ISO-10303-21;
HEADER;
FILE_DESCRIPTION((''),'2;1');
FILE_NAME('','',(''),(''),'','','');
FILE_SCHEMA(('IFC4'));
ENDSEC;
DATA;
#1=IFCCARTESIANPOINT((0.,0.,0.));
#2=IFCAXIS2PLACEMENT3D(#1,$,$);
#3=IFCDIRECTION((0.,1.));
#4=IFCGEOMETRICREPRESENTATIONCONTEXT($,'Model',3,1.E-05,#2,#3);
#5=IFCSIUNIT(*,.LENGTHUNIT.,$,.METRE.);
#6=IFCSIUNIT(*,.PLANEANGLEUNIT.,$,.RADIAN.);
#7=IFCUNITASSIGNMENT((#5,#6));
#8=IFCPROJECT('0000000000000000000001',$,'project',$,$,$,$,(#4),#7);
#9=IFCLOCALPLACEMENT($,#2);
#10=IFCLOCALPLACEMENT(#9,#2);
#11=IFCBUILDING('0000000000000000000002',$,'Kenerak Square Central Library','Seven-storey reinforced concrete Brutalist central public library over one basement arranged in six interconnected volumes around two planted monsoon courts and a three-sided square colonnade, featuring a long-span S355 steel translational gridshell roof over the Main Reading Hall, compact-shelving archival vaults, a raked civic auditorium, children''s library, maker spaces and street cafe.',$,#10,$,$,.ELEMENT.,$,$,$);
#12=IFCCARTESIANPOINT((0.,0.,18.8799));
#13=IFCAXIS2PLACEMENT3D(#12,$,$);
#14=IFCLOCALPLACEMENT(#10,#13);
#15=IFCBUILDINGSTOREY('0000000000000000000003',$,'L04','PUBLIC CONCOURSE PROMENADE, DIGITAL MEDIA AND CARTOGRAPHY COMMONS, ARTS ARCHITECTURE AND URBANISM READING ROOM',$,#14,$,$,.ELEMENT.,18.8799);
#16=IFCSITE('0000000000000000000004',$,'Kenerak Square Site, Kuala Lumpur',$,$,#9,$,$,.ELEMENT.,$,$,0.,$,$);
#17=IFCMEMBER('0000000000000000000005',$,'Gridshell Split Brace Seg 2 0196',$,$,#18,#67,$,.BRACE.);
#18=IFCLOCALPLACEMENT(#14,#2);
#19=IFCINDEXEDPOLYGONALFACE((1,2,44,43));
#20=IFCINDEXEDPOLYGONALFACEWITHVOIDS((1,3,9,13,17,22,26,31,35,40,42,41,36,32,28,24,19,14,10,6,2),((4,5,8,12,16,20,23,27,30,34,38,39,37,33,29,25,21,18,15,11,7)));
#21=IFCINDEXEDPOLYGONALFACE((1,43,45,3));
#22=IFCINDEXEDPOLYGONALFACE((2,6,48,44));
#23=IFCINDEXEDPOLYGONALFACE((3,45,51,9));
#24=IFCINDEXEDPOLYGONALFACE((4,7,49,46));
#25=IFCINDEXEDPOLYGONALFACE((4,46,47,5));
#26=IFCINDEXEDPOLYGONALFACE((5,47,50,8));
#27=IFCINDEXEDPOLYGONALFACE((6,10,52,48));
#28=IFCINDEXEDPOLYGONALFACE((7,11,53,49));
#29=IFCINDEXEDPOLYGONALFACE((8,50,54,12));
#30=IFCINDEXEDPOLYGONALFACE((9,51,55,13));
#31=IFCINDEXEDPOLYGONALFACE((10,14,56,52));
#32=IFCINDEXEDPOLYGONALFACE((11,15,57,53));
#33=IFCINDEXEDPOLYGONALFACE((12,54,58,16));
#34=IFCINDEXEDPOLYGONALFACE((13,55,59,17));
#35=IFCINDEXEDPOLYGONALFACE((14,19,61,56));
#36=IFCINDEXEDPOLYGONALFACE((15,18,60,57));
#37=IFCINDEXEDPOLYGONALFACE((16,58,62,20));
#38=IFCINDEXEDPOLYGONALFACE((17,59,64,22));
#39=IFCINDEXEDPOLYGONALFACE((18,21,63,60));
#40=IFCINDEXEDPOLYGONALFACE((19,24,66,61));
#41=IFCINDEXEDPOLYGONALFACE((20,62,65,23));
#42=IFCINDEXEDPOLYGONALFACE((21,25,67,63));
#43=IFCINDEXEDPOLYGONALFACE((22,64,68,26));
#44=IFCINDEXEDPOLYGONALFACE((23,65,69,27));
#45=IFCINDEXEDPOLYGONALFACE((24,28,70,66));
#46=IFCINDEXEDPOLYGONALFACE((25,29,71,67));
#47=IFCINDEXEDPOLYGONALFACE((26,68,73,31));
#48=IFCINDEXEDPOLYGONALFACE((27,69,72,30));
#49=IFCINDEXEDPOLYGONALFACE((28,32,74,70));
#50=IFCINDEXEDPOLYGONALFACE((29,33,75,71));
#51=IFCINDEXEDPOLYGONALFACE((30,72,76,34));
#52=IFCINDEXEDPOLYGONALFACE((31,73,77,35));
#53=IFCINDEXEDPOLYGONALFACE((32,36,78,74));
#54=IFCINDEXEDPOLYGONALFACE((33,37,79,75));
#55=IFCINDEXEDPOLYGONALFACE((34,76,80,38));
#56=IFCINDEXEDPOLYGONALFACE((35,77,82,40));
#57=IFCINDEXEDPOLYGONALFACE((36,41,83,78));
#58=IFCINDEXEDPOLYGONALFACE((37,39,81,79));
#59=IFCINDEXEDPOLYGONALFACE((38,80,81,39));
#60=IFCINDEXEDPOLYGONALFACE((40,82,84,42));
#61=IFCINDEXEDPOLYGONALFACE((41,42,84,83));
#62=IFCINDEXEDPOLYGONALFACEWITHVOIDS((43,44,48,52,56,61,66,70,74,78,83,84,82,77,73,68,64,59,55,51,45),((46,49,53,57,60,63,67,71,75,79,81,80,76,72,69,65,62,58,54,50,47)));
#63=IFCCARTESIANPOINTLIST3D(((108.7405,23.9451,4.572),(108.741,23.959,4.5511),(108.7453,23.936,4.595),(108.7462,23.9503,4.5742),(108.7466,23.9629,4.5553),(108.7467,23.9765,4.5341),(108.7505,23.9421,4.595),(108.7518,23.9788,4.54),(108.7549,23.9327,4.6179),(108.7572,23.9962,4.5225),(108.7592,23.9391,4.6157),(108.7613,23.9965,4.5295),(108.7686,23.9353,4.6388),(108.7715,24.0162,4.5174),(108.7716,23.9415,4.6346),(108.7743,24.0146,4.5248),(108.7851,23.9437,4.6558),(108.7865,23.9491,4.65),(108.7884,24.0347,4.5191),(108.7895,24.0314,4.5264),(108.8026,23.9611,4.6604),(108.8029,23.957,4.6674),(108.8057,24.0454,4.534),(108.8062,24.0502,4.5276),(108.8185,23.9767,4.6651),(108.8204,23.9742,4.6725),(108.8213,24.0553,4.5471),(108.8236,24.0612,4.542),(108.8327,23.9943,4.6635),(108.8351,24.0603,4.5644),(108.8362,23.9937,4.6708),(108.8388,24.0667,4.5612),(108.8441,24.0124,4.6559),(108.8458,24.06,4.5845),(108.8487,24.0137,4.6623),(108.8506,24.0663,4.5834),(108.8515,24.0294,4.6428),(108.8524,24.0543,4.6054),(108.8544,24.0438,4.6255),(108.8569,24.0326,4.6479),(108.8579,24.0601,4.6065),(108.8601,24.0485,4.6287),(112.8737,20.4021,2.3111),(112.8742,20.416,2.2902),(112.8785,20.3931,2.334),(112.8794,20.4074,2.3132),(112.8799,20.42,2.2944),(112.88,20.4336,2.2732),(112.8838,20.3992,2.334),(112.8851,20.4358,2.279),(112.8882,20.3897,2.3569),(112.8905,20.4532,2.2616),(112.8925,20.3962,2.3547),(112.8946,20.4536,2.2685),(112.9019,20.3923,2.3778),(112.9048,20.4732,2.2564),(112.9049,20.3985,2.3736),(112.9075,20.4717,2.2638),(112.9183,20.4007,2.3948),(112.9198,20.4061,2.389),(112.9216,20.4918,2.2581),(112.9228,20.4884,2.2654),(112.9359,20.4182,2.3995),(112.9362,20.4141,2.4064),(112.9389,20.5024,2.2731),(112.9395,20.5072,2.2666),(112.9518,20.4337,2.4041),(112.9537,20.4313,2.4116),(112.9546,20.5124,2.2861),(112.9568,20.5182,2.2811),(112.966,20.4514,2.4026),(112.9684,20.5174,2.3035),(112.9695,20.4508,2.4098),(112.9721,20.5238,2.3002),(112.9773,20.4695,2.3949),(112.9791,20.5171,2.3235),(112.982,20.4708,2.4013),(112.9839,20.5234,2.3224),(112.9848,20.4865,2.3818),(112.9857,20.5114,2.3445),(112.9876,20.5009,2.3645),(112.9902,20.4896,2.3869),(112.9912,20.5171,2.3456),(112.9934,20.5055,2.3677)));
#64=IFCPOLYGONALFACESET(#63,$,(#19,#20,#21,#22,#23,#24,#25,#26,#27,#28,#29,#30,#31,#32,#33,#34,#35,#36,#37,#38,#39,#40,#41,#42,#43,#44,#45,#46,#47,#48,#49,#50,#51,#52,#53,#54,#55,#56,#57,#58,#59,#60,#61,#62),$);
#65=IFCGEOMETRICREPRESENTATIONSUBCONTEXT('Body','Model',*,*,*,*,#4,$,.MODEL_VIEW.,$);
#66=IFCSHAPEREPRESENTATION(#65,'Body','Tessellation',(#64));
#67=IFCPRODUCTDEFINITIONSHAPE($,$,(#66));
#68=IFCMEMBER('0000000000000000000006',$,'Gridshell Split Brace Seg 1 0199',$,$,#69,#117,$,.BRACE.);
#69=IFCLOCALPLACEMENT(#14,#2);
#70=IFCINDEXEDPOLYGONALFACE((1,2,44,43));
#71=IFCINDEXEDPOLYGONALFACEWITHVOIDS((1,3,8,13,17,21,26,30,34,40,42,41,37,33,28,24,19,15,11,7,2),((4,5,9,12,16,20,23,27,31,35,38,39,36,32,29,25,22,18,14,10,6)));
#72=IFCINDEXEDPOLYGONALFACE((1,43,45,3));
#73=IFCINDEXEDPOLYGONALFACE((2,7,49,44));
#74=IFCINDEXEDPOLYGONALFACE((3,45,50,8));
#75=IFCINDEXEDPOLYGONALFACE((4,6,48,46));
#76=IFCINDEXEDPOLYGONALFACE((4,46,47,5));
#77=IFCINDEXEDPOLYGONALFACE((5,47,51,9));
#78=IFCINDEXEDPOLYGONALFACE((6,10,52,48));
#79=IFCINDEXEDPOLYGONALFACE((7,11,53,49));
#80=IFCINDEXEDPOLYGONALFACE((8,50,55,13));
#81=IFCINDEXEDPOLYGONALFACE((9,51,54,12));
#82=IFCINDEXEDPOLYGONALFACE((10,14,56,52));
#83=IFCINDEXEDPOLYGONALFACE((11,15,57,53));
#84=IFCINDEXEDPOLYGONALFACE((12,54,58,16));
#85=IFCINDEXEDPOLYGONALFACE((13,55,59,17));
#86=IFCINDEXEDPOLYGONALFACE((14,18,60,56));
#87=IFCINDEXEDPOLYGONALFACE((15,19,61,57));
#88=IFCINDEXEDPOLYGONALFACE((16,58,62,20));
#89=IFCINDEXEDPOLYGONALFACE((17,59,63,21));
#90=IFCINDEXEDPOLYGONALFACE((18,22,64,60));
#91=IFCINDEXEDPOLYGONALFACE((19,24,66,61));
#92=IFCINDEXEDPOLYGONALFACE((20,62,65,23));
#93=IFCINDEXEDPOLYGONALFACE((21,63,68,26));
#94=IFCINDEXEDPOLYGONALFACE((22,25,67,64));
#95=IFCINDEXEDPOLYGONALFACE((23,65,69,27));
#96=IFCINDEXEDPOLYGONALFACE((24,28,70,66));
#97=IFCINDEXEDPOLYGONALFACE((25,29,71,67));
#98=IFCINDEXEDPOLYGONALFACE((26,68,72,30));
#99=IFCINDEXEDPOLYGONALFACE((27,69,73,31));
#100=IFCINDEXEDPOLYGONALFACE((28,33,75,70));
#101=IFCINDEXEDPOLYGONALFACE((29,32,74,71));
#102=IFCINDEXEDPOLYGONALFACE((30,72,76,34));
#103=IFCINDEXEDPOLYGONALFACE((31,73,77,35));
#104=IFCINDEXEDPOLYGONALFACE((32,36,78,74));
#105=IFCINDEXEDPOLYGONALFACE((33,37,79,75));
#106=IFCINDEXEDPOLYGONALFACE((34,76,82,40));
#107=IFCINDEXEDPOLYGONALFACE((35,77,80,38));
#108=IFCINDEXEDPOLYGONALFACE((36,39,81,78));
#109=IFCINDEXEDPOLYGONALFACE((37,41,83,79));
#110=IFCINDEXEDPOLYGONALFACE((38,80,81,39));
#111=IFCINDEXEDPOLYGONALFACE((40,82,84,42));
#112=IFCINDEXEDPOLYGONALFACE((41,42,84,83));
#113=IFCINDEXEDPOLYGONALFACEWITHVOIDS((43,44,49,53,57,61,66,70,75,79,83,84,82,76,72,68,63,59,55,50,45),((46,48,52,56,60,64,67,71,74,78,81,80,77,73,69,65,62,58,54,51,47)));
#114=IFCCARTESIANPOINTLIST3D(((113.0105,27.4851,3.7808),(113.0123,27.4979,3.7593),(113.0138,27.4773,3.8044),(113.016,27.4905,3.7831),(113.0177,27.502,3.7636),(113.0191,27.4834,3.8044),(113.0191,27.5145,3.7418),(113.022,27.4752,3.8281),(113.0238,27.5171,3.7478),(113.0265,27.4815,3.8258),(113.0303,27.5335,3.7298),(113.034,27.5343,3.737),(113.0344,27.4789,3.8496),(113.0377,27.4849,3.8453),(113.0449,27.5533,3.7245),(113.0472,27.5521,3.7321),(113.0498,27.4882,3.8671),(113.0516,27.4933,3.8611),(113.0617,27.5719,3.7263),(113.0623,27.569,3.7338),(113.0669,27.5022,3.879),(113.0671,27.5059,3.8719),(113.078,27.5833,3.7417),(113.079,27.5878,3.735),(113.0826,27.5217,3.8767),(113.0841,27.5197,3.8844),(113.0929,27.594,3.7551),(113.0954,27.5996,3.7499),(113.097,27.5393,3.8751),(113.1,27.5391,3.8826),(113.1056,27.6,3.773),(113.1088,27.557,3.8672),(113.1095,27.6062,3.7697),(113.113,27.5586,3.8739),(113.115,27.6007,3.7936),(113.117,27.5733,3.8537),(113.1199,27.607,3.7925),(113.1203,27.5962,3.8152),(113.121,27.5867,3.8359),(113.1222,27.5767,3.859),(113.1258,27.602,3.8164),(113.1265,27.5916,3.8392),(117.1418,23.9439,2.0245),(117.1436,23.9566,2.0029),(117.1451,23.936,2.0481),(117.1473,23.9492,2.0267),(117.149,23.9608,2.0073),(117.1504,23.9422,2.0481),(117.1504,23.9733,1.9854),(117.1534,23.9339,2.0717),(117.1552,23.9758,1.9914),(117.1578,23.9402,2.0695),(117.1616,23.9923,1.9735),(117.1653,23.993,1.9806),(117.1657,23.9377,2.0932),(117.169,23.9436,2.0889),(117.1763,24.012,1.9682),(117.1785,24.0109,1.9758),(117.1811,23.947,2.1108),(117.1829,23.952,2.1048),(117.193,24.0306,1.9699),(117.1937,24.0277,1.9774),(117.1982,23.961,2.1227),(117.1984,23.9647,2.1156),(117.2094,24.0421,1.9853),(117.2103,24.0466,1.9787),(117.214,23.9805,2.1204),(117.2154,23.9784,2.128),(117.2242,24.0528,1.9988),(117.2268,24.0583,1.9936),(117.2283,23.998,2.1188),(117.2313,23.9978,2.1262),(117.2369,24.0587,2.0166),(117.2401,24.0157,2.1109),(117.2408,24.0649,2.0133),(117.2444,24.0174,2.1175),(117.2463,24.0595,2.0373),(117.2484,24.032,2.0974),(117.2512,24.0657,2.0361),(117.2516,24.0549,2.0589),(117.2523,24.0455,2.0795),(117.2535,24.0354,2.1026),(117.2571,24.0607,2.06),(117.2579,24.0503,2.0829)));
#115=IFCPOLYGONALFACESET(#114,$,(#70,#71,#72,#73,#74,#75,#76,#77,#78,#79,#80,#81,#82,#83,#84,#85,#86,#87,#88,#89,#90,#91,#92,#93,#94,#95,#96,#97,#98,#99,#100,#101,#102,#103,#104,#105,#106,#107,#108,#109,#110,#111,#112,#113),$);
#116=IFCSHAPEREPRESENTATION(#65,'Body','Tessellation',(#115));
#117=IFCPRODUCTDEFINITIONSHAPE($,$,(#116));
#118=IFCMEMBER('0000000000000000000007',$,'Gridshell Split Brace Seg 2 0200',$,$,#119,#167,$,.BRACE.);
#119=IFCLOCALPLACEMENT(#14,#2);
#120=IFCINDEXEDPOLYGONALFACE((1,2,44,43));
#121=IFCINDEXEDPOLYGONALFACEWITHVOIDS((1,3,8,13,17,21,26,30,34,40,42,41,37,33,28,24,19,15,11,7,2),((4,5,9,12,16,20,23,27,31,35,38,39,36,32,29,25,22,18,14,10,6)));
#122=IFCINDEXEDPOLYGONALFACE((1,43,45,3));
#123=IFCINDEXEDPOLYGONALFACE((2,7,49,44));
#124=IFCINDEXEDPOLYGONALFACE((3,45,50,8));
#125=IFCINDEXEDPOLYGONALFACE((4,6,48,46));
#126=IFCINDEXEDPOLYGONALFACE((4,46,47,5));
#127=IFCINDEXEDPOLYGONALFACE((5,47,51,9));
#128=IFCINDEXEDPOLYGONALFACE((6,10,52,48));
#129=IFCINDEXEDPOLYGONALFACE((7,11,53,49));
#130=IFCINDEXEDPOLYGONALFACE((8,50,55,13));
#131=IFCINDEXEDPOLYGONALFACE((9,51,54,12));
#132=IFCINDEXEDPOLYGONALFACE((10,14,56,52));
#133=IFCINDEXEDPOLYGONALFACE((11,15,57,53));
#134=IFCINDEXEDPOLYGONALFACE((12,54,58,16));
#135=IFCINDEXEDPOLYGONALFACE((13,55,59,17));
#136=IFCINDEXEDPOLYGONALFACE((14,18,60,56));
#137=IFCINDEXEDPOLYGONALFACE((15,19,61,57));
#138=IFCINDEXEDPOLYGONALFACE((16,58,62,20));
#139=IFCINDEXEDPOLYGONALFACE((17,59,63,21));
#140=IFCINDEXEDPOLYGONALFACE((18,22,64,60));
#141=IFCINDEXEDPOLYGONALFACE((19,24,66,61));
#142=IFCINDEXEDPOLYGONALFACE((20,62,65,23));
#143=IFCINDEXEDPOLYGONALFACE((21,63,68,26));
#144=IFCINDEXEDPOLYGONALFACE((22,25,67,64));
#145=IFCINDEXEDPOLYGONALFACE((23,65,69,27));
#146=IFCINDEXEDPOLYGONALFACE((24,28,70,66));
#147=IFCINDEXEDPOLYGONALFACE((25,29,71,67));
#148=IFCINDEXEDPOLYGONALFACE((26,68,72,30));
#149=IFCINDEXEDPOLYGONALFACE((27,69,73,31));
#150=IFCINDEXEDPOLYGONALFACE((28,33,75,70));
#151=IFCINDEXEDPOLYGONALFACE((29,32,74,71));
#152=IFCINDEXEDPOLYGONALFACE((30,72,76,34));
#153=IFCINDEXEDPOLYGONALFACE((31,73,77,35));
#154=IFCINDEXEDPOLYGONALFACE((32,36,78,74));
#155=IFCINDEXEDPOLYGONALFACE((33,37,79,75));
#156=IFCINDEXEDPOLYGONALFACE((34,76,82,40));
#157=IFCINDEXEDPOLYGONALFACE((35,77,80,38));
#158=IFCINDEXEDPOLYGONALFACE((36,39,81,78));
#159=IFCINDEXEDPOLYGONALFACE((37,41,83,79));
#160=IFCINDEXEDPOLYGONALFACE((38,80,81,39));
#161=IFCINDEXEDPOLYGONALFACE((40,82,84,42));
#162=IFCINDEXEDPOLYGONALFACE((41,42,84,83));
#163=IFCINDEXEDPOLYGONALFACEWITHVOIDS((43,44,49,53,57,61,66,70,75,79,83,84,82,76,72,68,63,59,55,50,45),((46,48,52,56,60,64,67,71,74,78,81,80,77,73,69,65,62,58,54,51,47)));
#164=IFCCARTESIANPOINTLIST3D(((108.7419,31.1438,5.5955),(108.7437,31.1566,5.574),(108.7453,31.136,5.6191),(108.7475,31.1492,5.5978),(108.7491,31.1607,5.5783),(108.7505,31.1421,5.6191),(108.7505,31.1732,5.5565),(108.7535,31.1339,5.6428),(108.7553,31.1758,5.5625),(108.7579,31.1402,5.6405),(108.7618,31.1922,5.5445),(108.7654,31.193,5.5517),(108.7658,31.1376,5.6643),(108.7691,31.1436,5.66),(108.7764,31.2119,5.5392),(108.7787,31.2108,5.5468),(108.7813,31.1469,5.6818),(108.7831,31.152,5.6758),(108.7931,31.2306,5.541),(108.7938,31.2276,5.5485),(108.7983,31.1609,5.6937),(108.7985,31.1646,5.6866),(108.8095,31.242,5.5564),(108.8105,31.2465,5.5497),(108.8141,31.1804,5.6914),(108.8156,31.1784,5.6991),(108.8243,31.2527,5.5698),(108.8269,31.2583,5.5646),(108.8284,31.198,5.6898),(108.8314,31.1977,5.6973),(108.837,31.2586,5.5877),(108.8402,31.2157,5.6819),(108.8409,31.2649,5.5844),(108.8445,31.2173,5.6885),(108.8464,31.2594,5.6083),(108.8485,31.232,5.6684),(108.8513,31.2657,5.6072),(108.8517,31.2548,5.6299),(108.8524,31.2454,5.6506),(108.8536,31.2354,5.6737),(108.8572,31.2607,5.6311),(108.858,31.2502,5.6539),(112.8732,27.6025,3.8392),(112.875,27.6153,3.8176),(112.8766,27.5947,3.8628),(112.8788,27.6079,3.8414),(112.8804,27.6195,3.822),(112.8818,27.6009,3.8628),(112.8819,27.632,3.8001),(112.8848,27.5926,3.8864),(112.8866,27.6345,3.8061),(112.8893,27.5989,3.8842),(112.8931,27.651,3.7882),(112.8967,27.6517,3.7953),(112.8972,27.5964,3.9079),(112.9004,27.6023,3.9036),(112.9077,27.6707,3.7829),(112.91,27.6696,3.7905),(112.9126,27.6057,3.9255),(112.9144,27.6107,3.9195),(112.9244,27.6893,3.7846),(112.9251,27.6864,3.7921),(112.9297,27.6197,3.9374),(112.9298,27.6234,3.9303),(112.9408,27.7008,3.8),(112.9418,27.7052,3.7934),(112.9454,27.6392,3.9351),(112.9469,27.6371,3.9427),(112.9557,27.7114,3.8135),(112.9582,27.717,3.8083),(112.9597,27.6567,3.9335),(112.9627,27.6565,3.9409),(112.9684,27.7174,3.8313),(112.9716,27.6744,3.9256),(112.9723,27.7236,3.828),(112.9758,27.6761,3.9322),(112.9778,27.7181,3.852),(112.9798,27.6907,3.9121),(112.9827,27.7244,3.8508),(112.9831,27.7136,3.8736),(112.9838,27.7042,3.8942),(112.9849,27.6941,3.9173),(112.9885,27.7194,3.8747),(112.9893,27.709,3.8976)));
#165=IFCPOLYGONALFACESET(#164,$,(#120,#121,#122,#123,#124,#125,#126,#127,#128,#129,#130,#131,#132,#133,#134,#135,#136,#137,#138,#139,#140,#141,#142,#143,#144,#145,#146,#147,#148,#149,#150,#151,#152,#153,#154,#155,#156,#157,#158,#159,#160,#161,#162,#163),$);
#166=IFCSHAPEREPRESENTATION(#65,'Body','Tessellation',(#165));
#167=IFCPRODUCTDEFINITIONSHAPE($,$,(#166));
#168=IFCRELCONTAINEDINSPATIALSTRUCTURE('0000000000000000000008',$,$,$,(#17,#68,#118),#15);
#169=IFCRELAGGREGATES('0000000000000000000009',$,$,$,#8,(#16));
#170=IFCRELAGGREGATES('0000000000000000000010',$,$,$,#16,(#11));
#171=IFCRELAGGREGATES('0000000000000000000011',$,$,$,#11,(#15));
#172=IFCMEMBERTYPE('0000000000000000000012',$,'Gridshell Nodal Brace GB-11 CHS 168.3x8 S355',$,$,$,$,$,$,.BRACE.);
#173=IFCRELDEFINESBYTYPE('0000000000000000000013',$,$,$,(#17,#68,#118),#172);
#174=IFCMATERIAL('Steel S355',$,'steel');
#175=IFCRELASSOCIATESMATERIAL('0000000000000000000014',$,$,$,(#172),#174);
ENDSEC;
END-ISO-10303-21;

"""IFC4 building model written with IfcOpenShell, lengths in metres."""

from ifc_helpers import new_model, si_unit, direction, frame, origin, origin_2d, place, context, subcontext, project, spatial, hollow_circle, extrude, material, material_profile, profile_set, type_object, element, save


model = new_model("IFC4")

# Units and contexts
model_context = context("Model", 3, precision=1e-05, world=origin(), true_north=direction((0.0, 1.0)))
body_context = subcontext(model_context, "Body", "Model", "MODEL_VIEW")
ifc_project = project(units=[si_unit("LENGTHUNIT", "METRE"), si_unit("PLANEANGLEUNIT", "RADIAN")], contexts=[model_context])

# Site, building, storey
site_placement = place(None, origin())
site = spatial("IfcSite", under=ifc_project, at=site_placement, Name="Kenerak Square Site, Kuala Lumpur", CompositionType="ELEMENT", RefElevation=0.0)
building_placement = place(site_placement, origin())
building = spatial("IfcBuilding", under=site, at=building_placement, Name="Kenerak Square Central Library", Description="Seven-storey reinforced concrete Brutalist central public library over one basement arranged in six interconnected volumes around two planted monsoon courts and a three-sided square colonnade, featuring a long-span S355 steel translational gridshell roof over the Main Reading Hall, compact-shelving archival vaults, a raked civic auditorium, children's library, maker spaces and street cafe.", CompositionType="ELEMENT")
storey_placement = place(building_placement, frame((0.0, 0.0, 18.8799)))
storey = spatial("IfcBuildingStorey", under=building, at=storey_placement, Name="L04", Description="PUBLIC CONCOURSE PROMENADE, DIGITAL MEDIA AND CARTOGRAPHY COMMONS, ARTS ARCHITECTURE AND URBANISM READING ROOM", CompositionType="ELEMENT", Elevation=18.8799)

# Members
ifc_material_1 = material(Name="Steel S355", Category="steel")
ifc_material_profile_1 = material_profile(ifc_material_1, hollow_circle(Radius=0.0842, WallThickness=0.0081, at=origin_2d()), Name="CHS 168.3x8.0")
ifc_profile_set_1 = profile_set([ifc_material_profile_1], Name="Steel S355")
member_type_1 = type_object("IfcMemberType", Name="Gridshell Nodal Brace GB-11 CHS 168.3x8 S355", PredefinedType="BRACE", material=ifc_profile_set_1)
member_1_placement = place(storey_placement, frame((112.9333, 20.457, 2.334), z_axis=(-0.701175, 0.601031, 0.383555), x_axis=(-0.650806, -0.759244, 0.0)))
element("IfcMember", 1, at=member_1_placement, inside=storey, type_object=member_type_1, Name="Gridshell Split Brace Seg 2 0196", PredefinedType="BRACE", context=body_context, shape_type="SweptSolid", body=[
    extrude(hollow_circle(Radius=0.0842, WallThickness=0.0081, at=origin_2d()), origin(), (0.0, 0.0, 1.0), 5.8948),
])
for number, where, z_axis, x_axis, name in (
    (2, (117.2, 24.0, 2.0481), (-0.722541, 0.619339, 0.307172), (-0.650802, -0.759247, 0.0), "Gridshell Split Brace Seg 1 0199"),
    (3, (112.9314, 27.6587, 3.8628), (-0.722541, 0.619339, 0.307172), (-0.650802, -0.759247, 0.0), "Gridshell Split Brace Seg 2 0200"),
):
    element("IfcMember", number, at=place(storey_placement, frame(where, z_axis=z_axis, x_axis=x_axis)), inside=storey, type_object=member_type_1, Name=name, PredefinedType="BRACE", context=body_context, shape_type="SweptSolid", body=[
        extrude(hollow_circle(Radius=0.0842, WallThickness=0.0081, at=origin_2d()), origin(), (0.0, 0.0, 1.0), 5.7178),
    ])

save(model, "model.ifc")
